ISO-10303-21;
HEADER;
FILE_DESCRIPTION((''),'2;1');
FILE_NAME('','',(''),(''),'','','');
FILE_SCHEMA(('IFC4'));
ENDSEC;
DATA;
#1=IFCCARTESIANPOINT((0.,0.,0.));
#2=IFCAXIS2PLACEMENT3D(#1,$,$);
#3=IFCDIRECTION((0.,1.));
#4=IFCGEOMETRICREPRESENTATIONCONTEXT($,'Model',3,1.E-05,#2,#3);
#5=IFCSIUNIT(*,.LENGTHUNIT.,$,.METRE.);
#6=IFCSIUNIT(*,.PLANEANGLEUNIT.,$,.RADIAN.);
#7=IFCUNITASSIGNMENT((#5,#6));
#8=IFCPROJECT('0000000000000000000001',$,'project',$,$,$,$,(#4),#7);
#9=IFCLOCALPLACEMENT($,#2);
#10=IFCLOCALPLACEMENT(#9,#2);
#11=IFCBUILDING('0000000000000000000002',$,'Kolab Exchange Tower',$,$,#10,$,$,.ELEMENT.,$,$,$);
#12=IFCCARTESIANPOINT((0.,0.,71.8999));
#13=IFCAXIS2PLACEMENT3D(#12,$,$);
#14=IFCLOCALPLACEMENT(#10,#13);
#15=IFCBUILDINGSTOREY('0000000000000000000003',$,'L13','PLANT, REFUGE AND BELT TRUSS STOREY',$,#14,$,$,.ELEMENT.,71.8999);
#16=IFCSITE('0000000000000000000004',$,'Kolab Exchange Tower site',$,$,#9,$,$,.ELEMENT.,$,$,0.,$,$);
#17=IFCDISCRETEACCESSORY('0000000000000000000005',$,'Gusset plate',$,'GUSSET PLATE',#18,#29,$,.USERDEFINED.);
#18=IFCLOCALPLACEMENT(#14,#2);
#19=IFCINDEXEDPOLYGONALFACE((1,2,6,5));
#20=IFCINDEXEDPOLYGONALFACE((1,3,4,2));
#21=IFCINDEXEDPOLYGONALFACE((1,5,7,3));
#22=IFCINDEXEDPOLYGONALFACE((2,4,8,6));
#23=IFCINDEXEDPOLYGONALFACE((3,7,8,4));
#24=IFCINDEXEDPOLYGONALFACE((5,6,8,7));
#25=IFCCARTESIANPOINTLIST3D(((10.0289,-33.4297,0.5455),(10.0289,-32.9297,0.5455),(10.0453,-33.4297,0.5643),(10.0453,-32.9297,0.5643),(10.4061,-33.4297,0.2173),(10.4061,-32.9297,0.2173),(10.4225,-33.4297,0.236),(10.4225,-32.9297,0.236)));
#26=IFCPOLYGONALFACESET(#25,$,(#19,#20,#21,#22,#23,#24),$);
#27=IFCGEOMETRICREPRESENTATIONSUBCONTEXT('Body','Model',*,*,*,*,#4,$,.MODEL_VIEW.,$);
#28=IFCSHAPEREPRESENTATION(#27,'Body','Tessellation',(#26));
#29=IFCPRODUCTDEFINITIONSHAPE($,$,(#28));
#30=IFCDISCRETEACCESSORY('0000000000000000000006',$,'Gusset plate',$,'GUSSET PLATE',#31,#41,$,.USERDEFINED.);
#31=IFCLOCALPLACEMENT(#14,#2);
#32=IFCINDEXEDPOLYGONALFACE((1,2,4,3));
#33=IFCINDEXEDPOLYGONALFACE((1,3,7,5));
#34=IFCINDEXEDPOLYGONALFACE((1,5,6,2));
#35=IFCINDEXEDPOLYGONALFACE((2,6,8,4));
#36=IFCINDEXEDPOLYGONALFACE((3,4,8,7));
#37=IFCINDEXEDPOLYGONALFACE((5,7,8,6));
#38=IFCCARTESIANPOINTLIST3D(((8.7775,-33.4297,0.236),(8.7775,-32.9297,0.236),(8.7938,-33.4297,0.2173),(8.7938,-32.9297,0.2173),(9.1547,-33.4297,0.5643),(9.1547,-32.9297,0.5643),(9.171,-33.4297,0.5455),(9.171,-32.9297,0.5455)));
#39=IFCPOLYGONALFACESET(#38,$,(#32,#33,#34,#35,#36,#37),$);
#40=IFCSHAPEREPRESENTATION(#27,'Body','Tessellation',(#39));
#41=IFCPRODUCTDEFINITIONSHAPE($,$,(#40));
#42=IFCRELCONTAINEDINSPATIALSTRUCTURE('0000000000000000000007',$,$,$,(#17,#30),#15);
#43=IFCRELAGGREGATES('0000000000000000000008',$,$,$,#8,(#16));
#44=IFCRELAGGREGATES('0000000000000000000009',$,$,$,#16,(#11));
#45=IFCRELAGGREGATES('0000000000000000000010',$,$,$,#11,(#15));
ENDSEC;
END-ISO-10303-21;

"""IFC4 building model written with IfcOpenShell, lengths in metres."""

from ifc_helpers import new_model, si_unit, direction, frame, origin, origin_2d, place, context, subcontext, project, spatial, rectangle, extrude, element, save


model = new_model("IFC4")

# Units and contexts
model_context = context("Model", 3, precision=1e-05, world=origin(), true_north=direction((0.0, 1.0)))
body_context = subcontext(model_context, "Body", "Model", "MODEL_VIEW")
ifc_project = project(units=[si_unit("LENGTHUNIT", "METRE"), si_unit("PLANEANGLEUNIT", "RADIAN")], contexts=[model_context])

# Site, building, storey
site_placement = place(None, origin())
site = spatial("IfcSite", under=ifc_project, at=site_placement, Name="Kolab Exchange Tower site", CompositionType="ELEMENT", RefElevation=0.0)
building_placement = place(site_placement, origin())
building = spatial("IfcBuilding", under=site, at=building_placement, Name="Kolab Exchange Tower", CompositionType="ELEMENT")
storey_placement = place(building_placement, frame((0.0, 0.0, 71.8999)))
storey = spatial("IfcBuildingStorey", under=building, at=storey_placement, Name="L13", Description="PLANT, REFUGE AND BELT TRUSS STOREY", CompositionType="ELEMENT", Elevation=71.8999)

# Discrete accessories
for number, where, z_axis, x_axis, name in (
    (1, (10.2339, -33.1797, 0.4001), (-0.656421, 0.0, -0.754395), (0.0, -1.0, 0.0), "Gusset plate"),
    (2, (8.9661, -33.1797, 0.4001), (0.656421, 0.0, -0.754395), (0.0, 1.0, 0.0), "Gusset plate"),
):
    element("IfcDiscreteAccessory", number, at=place(storey_placement, frame(where, z_axis=z_axis, x_axis=x_axis)), inside=storey, Name=name, ObjectType="GUSSET PLATE", PredefinedType="USERDEFINED", context=body_context, shape_type="SweptSolid", body=[
        extrude(rectangle(XDim=0.5, YDim=0.5, at=origin_2d()), origin(), (0.0, 0.0, 1.0), 0.0249),
    ])

save(model, "model.ifc")
